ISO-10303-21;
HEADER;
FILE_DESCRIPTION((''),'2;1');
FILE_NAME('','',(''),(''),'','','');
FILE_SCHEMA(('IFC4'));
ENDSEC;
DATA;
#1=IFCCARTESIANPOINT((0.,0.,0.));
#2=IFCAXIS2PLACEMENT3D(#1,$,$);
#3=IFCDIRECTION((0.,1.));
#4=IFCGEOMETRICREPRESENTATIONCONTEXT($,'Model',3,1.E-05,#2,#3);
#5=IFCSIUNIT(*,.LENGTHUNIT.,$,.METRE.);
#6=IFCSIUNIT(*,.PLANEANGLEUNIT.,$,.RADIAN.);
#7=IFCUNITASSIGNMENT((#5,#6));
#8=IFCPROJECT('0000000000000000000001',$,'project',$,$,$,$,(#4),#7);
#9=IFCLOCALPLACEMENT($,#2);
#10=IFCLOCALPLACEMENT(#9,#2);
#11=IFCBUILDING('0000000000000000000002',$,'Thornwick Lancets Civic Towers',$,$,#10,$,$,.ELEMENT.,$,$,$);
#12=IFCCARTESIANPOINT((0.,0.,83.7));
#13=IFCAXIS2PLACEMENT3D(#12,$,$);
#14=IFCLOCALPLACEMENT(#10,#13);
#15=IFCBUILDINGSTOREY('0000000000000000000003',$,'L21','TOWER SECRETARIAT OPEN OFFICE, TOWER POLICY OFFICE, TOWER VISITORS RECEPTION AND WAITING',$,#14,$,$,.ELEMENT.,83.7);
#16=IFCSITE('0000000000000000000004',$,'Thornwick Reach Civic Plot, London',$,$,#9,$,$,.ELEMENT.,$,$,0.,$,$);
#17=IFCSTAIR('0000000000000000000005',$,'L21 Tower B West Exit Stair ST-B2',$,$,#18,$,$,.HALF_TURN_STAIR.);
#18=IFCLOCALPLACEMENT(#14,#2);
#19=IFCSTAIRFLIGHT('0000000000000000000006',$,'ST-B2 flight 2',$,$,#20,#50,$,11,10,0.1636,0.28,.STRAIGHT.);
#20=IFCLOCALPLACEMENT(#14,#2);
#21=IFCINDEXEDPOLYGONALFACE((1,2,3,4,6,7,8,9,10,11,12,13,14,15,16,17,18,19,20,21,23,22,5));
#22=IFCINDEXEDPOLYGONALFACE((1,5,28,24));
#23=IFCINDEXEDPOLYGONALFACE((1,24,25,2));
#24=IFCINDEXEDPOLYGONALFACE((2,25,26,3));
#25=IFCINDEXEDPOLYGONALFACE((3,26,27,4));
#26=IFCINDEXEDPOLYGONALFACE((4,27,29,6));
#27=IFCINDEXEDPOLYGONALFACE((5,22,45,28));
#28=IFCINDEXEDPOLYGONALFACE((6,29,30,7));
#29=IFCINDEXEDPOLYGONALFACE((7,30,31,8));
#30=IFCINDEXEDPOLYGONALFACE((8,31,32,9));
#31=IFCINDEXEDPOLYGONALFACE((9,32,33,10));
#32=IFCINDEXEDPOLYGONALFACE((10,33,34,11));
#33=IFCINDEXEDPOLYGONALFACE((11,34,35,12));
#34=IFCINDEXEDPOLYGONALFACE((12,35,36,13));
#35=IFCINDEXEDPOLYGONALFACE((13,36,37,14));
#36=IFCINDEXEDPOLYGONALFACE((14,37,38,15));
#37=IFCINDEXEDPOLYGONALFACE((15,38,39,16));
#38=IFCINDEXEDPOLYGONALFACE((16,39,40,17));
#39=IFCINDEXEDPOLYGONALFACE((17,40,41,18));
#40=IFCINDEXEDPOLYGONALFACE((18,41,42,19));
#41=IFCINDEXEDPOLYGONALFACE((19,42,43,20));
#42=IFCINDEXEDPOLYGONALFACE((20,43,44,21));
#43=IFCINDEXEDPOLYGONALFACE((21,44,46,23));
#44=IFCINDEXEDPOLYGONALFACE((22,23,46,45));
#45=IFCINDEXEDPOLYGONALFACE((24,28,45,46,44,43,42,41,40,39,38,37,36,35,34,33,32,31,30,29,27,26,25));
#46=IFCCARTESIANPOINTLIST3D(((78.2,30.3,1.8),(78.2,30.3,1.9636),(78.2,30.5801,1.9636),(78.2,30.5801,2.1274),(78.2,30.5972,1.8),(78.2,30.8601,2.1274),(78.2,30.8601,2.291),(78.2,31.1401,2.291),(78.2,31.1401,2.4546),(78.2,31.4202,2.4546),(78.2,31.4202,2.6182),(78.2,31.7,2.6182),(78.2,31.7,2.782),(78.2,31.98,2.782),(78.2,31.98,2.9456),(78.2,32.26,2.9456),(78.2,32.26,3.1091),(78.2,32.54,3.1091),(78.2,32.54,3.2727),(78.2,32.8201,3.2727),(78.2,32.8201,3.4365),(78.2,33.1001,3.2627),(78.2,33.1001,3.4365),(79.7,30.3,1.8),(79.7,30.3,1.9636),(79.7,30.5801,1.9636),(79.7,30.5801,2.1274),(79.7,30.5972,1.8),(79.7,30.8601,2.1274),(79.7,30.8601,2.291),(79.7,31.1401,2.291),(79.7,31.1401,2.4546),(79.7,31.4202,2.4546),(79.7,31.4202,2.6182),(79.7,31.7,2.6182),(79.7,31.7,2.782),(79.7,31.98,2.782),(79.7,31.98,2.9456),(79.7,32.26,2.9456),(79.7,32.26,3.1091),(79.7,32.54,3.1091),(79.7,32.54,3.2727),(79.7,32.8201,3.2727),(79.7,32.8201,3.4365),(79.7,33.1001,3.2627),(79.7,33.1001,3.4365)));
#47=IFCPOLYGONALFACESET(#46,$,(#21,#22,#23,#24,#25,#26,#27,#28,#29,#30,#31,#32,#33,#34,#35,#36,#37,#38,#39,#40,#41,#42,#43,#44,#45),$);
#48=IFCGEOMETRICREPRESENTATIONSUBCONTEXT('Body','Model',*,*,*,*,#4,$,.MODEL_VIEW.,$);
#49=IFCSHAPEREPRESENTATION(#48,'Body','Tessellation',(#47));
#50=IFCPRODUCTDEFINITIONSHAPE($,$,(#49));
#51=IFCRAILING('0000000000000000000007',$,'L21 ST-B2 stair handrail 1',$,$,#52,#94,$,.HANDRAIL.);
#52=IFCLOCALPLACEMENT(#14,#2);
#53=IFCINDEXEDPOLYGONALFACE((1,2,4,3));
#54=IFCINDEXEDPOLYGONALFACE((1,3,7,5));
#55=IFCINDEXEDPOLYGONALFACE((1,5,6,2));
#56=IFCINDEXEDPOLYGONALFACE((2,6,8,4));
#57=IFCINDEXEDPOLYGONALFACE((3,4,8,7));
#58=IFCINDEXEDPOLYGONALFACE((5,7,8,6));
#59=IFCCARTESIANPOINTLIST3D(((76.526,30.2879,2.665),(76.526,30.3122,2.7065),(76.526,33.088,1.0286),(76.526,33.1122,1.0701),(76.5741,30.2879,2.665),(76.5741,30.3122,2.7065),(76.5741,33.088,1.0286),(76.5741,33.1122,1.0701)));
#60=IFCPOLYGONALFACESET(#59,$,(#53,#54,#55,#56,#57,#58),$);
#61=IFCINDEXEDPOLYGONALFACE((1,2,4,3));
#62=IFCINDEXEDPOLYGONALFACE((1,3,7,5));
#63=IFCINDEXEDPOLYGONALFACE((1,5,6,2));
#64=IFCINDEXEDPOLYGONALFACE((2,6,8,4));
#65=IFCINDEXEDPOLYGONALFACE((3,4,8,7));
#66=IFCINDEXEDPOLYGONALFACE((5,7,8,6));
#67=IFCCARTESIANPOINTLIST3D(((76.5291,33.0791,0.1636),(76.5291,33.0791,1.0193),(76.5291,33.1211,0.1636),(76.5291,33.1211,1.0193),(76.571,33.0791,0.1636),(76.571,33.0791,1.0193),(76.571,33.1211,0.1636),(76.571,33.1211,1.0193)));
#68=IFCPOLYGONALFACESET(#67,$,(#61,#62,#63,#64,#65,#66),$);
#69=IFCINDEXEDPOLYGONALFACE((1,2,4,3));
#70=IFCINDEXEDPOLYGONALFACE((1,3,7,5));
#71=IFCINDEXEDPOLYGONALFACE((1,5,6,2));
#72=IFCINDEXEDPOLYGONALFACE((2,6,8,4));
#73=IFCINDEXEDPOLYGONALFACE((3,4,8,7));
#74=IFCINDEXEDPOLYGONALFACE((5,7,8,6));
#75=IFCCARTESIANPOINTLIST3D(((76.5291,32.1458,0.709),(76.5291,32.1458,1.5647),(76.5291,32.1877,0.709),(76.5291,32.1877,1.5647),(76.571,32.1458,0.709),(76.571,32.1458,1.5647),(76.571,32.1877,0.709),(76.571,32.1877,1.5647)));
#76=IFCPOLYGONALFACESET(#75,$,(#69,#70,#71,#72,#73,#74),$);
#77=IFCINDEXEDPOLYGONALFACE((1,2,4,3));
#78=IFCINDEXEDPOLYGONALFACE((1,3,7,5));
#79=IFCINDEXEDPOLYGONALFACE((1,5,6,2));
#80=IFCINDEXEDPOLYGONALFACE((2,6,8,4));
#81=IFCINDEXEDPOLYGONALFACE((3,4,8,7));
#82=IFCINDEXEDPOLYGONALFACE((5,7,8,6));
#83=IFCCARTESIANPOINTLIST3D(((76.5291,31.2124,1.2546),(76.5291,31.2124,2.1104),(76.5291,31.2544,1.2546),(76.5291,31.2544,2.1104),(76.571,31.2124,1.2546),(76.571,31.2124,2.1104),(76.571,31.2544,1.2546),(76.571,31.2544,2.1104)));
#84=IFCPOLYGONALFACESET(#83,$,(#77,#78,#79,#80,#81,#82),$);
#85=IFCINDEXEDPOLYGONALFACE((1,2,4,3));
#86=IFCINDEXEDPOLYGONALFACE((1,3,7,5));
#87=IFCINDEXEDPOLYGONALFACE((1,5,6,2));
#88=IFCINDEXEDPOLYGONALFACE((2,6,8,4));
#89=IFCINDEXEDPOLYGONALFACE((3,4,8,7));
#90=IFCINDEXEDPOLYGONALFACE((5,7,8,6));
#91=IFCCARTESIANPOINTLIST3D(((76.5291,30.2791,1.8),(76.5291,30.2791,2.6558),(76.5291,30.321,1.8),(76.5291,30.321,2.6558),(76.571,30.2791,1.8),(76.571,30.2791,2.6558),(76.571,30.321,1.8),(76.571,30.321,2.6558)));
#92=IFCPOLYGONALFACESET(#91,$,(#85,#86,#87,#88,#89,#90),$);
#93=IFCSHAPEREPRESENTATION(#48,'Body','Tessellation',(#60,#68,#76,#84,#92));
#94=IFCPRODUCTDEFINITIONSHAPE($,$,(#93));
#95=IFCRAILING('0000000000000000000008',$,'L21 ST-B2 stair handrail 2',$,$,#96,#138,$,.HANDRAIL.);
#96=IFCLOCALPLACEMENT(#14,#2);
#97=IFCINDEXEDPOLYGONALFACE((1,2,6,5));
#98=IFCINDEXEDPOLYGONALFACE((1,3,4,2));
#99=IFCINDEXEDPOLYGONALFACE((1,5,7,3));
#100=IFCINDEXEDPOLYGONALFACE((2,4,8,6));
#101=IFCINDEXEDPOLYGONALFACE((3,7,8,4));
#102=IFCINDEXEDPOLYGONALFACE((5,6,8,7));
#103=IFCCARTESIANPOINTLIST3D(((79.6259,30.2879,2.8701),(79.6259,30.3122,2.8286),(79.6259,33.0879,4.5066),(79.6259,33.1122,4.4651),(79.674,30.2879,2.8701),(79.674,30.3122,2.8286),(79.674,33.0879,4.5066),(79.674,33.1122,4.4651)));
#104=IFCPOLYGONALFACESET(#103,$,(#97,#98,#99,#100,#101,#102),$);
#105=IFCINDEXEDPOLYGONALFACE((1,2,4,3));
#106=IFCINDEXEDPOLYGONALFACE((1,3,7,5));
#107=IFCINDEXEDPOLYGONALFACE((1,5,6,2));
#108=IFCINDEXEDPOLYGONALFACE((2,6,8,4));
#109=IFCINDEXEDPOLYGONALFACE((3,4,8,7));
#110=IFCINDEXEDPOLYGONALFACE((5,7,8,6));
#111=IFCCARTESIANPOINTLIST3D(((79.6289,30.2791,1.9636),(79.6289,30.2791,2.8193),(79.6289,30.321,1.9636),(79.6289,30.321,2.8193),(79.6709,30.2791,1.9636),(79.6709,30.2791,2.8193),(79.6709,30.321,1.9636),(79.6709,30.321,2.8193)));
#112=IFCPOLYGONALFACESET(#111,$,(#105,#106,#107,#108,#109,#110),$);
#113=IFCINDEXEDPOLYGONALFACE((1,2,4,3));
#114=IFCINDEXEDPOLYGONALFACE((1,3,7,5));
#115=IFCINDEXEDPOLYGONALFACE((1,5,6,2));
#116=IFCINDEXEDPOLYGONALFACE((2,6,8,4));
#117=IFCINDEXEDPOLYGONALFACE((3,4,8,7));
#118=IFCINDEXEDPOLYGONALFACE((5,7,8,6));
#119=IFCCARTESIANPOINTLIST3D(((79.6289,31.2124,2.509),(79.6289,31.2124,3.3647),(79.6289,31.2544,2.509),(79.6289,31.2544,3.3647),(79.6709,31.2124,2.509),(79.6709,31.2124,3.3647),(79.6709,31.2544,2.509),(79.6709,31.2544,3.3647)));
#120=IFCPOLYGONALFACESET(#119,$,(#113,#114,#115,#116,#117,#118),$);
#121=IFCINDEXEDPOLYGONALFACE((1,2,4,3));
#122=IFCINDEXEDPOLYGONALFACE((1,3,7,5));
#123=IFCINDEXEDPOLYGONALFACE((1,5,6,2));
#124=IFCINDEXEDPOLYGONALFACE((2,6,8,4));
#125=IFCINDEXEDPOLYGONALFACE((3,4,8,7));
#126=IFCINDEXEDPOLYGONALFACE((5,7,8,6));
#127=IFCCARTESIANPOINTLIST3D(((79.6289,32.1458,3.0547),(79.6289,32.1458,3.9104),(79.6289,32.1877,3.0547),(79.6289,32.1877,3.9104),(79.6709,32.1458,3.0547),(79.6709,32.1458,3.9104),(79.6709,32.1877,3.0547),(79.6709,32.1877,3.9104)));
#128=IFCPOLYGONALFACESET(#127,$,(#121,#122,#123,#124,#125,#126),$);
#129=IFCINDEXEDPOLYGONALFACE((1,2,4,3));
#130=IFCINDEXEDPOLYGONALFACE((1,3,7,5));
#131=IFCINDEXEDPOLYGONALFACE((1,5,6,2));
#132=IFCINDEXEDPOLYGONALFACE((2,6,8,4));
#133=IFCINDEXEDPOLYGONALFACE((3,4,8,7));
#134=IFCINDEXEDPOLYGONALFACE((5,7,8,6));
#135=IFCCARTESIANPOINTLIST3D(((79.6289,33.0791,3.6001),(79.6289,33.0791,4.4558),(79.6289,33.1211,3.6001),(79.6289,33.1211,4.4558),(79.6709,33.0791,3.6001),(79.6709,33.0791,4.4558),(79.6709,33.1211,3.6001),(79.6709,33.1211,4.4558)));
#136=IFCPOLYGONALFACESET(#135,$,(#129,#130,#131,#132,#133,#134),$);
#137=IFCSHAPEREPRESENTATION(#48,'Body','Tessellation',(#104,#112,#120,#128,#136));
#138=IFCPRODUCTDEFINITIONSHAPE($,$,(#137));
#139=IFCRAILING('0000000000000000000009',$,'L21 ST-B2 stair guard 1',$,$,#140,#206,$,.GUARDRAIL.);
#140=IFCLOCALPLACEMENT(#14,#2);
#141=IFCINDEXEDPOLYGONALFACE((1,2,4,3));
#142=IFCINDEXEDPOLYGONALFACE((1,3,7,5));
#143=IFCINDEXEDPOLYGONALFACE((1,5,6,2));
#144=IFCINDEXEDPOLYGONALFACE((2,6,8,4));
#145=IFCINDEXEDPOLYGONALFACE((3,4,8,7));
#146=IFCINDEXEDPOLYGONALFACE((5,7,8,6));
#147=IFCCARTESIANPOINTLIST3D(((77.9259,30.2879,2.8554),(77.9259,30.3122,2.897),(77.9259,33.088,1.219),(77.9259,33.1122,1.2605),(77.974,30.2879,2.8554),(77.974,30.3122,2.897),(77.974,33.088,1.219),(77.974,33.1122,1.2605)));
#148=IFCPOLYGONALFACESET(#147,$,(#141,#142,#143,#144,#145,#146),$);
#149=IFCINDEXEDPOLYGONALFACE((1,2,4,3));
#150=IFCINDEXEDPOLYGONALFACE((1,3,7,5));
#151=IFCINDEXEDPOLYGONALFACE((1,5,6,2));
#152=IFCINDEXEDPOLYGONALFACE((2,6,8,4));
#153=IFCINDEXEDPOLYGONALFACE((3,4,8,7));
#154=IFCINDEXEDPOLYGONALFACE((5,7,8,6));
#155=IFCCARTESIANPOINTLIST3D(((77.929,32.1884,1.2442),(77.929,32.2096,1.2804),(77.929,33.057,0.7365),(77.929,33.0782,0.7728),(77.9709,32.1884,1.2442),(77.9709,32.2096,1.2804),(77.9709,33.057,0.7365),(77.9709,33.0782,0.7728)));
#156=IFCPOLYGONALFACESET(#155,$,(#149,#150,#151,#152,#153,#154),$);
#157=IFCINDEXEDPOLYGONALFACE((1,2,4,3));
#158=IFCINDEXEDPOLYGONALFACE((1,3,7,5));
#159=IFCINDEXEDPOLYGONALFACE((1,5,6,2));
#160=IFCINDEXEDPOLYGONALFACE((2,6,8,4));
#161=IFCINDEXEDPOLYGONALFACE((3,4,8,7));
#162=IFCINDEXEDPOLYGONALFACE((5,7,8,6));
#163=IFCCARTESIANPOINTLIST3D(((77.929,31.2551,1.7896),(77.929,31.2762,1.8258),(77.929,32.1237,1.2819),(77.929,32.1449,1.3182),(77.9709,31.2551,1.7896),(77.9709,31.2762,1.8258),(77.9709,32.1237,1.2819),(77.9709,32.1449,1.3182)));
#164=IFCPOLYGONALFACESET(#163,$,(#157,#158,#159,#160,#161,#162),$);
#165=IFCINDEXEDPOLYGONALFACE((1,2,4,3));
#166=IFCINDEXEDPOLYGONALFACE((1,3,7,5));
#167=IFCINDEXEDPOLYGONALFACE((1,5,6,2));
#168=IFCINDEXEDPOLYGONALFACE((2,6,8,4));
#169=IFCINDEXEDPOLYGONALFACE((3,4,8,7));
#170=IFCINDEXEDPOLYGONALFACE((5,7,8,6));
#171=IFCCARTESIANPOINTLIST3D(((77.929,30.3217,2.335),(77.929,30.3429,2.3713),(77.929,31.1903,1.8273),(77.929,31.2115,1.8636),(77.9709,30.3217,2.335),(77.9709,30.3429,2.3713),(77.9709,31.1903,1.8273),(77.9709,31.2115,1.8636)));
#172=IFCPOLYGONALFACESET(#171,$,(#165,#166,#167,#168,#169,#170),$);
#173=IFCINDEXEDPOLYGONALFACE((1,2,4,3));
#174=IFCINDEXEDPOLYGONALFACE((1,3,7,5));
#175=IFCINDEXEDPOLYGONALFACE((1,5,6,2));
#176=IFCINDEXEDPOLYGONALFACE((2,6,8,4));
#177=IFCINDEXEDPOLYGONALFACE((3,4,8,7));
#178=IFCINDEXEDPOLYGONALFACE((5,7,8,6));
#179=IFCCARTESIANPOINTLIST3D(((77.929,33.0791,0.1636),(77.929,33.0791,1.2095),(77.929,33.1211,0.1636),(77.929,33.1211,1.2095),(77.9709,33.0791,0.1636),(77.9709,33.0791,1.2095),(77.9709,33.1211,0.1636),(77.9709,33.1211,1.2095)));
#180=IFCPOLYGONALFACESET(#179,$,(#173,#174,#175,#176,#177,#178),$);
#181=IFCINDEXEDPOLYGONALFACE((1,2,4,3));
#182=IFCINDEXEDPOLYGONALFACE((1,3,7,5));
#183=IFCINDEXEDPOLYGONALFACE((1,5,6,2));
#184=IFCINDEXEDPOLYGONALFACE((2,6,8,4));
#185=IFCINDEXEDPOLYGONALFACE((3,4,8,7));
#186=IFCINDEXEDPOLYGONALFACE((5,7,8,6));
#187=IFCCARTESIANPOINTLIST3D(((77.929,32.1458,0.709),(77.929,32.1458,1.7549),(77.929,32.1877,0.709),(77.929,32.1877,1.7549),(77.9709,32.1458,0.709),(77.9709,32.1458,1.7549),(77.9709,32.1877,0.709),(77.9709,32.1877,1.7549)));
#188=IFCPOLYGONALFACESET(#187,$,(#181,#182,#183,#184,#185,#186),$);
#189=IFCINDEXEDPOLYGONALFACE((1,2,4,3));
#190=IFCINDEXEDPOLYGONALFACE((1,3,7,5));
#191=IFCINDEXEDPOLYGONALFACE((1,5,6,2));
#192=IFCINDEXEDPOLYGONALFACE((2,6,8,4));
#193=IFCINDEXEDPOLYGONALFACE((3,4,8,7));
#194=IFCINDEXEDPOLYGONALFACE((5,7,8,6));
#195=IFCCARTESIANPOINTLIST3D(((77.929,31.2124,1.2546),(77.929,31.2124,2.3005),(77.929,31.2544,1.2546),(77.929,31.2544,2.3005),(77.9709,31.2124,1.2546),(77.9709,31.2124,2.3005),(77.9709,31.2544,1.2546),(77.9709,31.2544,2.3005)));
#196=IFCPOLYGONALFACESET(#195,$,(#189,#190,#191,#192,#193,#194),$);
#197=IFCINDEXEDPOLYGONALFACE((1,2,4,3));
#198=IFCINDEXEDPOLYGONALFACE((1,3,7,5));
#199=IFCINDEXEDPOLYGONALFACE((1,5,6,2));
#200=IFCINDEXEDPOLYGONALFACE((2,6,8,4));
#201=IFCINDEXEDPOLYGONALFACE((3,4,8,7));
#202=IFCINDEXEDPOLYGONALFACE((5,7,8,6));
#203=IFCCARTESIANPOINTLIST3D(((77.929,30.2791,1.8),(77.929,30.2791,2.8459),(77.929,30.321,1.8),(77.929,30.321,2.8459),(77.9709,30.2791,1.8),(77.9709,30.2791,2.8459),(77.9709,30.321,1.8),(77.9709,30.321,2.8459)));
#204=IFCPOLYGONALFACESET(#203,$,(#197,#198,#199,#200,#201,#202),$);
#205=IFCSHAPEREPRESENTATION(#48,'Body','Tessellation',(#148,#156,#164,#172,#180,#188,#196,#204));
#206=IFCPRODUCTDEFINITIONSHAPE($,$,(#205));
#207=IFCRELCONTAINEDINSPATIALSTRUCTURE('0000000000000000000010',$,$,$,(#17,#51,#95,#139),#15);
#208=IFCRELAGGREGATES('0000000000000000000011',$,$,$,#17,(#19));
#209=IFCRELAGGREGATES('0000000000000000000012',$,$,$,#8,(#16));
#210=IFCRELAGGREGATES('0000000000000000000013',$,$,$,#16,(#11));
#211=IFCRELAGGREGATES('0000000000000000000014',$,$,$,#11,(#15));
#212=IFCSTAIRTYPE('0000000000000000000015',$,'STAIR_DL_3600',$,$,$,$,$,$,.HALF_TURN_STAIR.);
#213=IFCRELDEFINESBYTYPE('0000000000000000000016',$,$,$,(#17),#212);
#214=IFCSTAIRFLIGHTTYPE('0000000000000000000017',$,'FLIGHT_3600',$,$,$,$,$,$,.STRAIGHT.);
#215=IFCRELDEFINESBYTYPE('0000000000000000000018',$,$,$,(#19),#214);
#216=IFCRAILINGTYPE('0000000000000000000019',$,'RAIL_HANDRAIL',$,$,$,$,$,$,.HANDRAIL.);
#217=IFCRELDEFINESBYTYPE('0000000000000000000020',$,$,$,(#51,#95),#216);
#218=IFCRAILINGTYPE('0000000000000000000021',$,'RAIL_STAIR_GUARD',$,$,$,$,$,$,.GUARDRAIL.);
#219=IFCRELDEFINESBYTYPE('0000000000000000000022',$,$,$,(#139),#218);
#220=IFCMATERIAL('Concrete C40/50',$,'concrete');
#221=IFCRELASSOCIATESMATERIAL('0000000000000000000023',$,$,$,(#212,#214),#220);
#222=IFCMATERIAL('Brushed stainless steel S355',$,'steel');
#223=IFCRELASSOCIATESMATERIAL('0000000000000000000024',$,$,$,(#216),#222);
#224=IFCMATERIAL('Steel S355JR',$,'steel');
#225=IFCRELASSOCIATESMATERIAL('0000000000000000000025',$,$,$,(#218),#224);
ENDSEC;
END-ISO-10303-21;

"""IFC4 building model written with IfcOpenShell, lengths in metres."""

from ifc_helpers import new_model, si_unit, direction, frame, origin, origin_2d, place, context, subcontext, project, spatial, polyline, rectangle, outline, extrude, material, type_object, element, aggregate, save


model = new_model("IFC4")

# Units and contexts
model_context = context("Model", 3, precision=1e-05, world=origin(), true_north=direction((0.0, 1.0)))
body_context = subcontext(model_context, "Body", "Model", "MODEL_VIEW")
ifc_project = project(units=[si_unit("LENGTHUNIT", "METRE"), si_unit("PLANEANGLEUNIT", "RADIAN")], contexts=[model_context])

# Site, building, storey
site_placement = place(None, origin())
site = spatial("IfcSite", under=ifc_project, at=site_placement, Name="Thornwick Reach Civic Plot, London", CompositionType="ELEMENT", RefElevation=0.0)
building_placement = place(site_placement, origin())
building = spatial("IfcBuilding", under=site, at=building_placement, Name="Thornwick Lancets Civic Towers", CompositionType="ELEMENT")
storey_placement = place(building_placement, frame((0.0, 0.0, 83.7)))
storey = spatial("IfcBuildingStorey", under=building, at=storey_placement, Name="L21", Description="TOWER SECRETARIAT OPEN OFFICE, TOWER POLICY OFFICE, TOWER VISITORS RECEPTION AND WAITING", CompositionType="ELEMENT", Elevation=83.7)

# Shared definitions
ifc_material_1 = material(Name="Concrete C40/50", Category="concrete")

# Stair, stair flight
stair_type = type_object("IfcStairType", Name="STAIR_DL_3600", PredefinedType="HALF_TURN_STAIR", material=ifc_material_1)
stair_placement = place(storey_placement, origin())
stair = element("IfcStair", 1, at=stair_placement, inside=storey, type_object=stair_type, Name="L21 Tower B West Exit Stair ST-B2", PredefinedType="HALF_TURN_STAIR")
stair_flight_type = type_object("IfcStairFlightType", Name="FLIGHT_3600", PredefinedType="STRAIGHT", material=ifc_material_1)
stair_flight_1_placement = place(storey_placement, frame((78.95, 30.3, 1.8), z_axis=(0.0, 0.0, 1.0), x_axis=(0.0, 1.0, 0.0)))
stair_flight_1 = element("IfcStairFlight", 2, at=stair_flight_1_placement, type_object=stair_flight_type, Name="ST-B2 flight 2", NumberOfRisers=11, NumberOfTreads=10, PredefinedType="STRAIGHT", RiserHeight=0.1636, TreadLength=0.28, context=body_context, shape_type="SweptSolid", body=[
    extrude(outline(polyline([(0.0, 0.0), (0.0, 0.1636), (0.28, 0.1636), (0.28, 0.3274), (0.5601, 0.3274), (0.5601, 0.491), (0.8401, 0.491), (0.8401, 0.6545), (1.1201, 0.6545), (1.1201, 0.8181), (1.3999, 0.8181), (1.3999, 0.9819), (1.6799, 0.9819), (1.6799, 1.1455), (1.96, 1.1455), (1.96, 1.3091), (2.24, 1.3091), (2.24, 1.4727), (2.52, 1.4727), (2.52, 1.6365), (2.8, 1.6365), (2.8, 1.8), (2.8, 1.4626), (0.2971, 0.0), (0.0, 0.0)])), frame((0.0, 0.75, 0.0), z_axis=(0.0, -1.0, 0.0), x_axis=(1.0, 0.0, 0.0)), (0.0, 0.0, 1.0), 1.5),
])
aggregate(stair, [stair_flight_1])

# Railings
ifc_material_2 = material(Name="Brushed stainless steel S355", Category="steel")
railing_type_1 = type_object("IfcRailingType", Name="RAIL_HANDRAIL", PredefinedType="HANDRAIL", material=ifc_material_2)
railing_1_placement = place(storey_placement, frame((76.55, 33.1001, 0.1636)))
element("IfcRailing", 3, at=railing_1_placement, inside=storey, type_object=railing_type_1, Name="L21 ST-B2 stair handrail 1", PredefinedType="HANDRAIL", context=body_context, shape_type="SweptSolid", body=[
    extrude(rectangle(XDim=0.0481, YDim=0.0481, at=origin_2d()), frame((0.0, 0.0, 0.8857), z_axis=(0.0, -0.863361, 0.504587), x_axis=(1.0, 0.0, 0.0)), (0.0, 0.0, 1.0), 3.2432),
    extrude(rectangle(XDim=0.042, YDim=0.042, at=origin_2d()), origin(), (0.0, 0.0, 1.0), 0.8557),
    extrude(rectangle(XDim=0.042, YDim=0.042, at=origin_2d()), frame((0.0, -0.9333, 0.5454)), (0.0, 0.0, 1.0), 0.8557),
    extrude(rectangle(XDim=0.042, YDim=0.042, at=origin_2d()), frame((0.0, -1.8667, 1.0911)), (0.0, 0.0, 1.0), 0.8557),
    extrude(rectangle(XDim=0.042, YDim=0.042, at=origin_2d()), frame((0.0, -2.8, 1.6365)), (0.0, 0.0, 1.0), 0.8557),
])
railing_2_placement = place(storey_placement, frame((79.6499, 30.3, 1.9636)))
element("IfcRailing", 4, at=railing_2_placement, inside=storey, type_object=railing_type_1, Name="L21 ST-B2 stair handrail 2", PredefinedType="HANDRAIL", context=body_context, shape_type="SweptSolid", body=[
    extrude(rectangle(XDim=0.0481, YDim=0.0481, at=origin_2d()), frame((0.0, 0.0, 0.8857), z_axis=(0.0, 0.863361, 0.504587), x_axis=(-1.0, 0.0, 0.0)), (0.0, 0.0, 1.0), 3.2432),
    extrude(rectangle(XDim=0.042, YDim=0.042, at=origin_2d()), origin(), (0.0, 0.0, 1.0), 0.8557),
    extrude(rectangle(XDim=0.042, YDim=0.042, at=origin_2d()), frame((0.0, 0.9333, 0.5454)), (0.0, 0.0, 1.0), 0.8557),
    extrude(rectangle(XDim=0.042, YDim=0.042, at=origin_2d()), frame((0.0, 1.8667, 1.0911)), (0.0, 0.0, 1.0), 0.8557),
    extrude(rectangle(XDim=0.042, YDim=0.042, at=origin_2d()), frame((0.0, 2.8, 1.6365)), (0.0, 0.0, 1.0), 0.8557),
])
ifc_material_3 = material(Name="Steel S355JR", Category="steel")
railing_type_2 = type_object("IfcRailingType", Name="RAIL_STAIR_GUARD", PredefinedType="GUARDRAIL", material=ifc_material_3)
railing_3_placement = place(storey_placement, frame((77.95, 33.1001, 0.1636)))
element("IfcRailing", 5, at=railing_3_placement, inside=storey, type_object=railing_type_2, Name="L21 ST-B2 stair guard 1", PredefinedType="GUARDRAIL", context=body_context, shape_type="SweptSolid", body=[
    extrude(rectangle(XDim=0.0481, YDim=0.0481, at=origin_2d()), frame((0.0, 0.0, 1.0762), z_axis=(0.0, -0.863361, 0.504587), x_axis=(1.0, 0.0, 0.0)), (0.0, 0.0, 1.0), 3.2432),
    extrude(rectangle(XDim=0.042, YDim=0.042, at=origin_2d()), frame((0.0, -0.0325, 0.5911), z_axis=(0.0, -0.863361, 0.504587), x_axis=(1.0, 0.0, 0.0)), (0.0, 0.0, 1.0), 1.0061),
    extrude(rectangle(XDim=0.042, YDim=0.042, at=origin_2d()), frame((0.0, -0.9658, 1.1365), z_axis=(0.0, -0.863361, 0.504587), x_axis=(1.0, 0.0, 0.0)), (0.0, 0.0, 1.0), 1.0061),
    extrude(rectangle(XDim=0.042, YDim=0.042, at=origin_2d()), frame((0.0, -1.8992, 1.6819), z_axis=(0.0, -0.863361, 0.504587), x_axis=(1.0, 0.0, 0.0)), (0.0, 0.0, 1.0), 1.0061),
    extrude(rectangle(XDim=0.042, YDim=0.042, at=origin_2d()), origin(), (0.0, 0.0, 1.0), 1.0459),
    extrude(rectangle(XDim=0.042, YDim=0.042, at=origin_2d()), frame((0.0, -0.9333, 0.5454)), (0.0, 0.0, 1.0), 1.0459),
    extrude(rectangle(XDim=0.042, YDim=0.042, at=origin_2d()), frame((0.0, -1.8667, 1.0911)), (0.0, 0.0, 1.0), 1.0459),
    extrude(rectangle(XDim=0.042, YDim=0.042, at=origin_2d()), frame((0.0, -2.8, 1.6365)), (0.0, 0.0, 1.0), 1.0459),
])

save(model, "model.ifc")
